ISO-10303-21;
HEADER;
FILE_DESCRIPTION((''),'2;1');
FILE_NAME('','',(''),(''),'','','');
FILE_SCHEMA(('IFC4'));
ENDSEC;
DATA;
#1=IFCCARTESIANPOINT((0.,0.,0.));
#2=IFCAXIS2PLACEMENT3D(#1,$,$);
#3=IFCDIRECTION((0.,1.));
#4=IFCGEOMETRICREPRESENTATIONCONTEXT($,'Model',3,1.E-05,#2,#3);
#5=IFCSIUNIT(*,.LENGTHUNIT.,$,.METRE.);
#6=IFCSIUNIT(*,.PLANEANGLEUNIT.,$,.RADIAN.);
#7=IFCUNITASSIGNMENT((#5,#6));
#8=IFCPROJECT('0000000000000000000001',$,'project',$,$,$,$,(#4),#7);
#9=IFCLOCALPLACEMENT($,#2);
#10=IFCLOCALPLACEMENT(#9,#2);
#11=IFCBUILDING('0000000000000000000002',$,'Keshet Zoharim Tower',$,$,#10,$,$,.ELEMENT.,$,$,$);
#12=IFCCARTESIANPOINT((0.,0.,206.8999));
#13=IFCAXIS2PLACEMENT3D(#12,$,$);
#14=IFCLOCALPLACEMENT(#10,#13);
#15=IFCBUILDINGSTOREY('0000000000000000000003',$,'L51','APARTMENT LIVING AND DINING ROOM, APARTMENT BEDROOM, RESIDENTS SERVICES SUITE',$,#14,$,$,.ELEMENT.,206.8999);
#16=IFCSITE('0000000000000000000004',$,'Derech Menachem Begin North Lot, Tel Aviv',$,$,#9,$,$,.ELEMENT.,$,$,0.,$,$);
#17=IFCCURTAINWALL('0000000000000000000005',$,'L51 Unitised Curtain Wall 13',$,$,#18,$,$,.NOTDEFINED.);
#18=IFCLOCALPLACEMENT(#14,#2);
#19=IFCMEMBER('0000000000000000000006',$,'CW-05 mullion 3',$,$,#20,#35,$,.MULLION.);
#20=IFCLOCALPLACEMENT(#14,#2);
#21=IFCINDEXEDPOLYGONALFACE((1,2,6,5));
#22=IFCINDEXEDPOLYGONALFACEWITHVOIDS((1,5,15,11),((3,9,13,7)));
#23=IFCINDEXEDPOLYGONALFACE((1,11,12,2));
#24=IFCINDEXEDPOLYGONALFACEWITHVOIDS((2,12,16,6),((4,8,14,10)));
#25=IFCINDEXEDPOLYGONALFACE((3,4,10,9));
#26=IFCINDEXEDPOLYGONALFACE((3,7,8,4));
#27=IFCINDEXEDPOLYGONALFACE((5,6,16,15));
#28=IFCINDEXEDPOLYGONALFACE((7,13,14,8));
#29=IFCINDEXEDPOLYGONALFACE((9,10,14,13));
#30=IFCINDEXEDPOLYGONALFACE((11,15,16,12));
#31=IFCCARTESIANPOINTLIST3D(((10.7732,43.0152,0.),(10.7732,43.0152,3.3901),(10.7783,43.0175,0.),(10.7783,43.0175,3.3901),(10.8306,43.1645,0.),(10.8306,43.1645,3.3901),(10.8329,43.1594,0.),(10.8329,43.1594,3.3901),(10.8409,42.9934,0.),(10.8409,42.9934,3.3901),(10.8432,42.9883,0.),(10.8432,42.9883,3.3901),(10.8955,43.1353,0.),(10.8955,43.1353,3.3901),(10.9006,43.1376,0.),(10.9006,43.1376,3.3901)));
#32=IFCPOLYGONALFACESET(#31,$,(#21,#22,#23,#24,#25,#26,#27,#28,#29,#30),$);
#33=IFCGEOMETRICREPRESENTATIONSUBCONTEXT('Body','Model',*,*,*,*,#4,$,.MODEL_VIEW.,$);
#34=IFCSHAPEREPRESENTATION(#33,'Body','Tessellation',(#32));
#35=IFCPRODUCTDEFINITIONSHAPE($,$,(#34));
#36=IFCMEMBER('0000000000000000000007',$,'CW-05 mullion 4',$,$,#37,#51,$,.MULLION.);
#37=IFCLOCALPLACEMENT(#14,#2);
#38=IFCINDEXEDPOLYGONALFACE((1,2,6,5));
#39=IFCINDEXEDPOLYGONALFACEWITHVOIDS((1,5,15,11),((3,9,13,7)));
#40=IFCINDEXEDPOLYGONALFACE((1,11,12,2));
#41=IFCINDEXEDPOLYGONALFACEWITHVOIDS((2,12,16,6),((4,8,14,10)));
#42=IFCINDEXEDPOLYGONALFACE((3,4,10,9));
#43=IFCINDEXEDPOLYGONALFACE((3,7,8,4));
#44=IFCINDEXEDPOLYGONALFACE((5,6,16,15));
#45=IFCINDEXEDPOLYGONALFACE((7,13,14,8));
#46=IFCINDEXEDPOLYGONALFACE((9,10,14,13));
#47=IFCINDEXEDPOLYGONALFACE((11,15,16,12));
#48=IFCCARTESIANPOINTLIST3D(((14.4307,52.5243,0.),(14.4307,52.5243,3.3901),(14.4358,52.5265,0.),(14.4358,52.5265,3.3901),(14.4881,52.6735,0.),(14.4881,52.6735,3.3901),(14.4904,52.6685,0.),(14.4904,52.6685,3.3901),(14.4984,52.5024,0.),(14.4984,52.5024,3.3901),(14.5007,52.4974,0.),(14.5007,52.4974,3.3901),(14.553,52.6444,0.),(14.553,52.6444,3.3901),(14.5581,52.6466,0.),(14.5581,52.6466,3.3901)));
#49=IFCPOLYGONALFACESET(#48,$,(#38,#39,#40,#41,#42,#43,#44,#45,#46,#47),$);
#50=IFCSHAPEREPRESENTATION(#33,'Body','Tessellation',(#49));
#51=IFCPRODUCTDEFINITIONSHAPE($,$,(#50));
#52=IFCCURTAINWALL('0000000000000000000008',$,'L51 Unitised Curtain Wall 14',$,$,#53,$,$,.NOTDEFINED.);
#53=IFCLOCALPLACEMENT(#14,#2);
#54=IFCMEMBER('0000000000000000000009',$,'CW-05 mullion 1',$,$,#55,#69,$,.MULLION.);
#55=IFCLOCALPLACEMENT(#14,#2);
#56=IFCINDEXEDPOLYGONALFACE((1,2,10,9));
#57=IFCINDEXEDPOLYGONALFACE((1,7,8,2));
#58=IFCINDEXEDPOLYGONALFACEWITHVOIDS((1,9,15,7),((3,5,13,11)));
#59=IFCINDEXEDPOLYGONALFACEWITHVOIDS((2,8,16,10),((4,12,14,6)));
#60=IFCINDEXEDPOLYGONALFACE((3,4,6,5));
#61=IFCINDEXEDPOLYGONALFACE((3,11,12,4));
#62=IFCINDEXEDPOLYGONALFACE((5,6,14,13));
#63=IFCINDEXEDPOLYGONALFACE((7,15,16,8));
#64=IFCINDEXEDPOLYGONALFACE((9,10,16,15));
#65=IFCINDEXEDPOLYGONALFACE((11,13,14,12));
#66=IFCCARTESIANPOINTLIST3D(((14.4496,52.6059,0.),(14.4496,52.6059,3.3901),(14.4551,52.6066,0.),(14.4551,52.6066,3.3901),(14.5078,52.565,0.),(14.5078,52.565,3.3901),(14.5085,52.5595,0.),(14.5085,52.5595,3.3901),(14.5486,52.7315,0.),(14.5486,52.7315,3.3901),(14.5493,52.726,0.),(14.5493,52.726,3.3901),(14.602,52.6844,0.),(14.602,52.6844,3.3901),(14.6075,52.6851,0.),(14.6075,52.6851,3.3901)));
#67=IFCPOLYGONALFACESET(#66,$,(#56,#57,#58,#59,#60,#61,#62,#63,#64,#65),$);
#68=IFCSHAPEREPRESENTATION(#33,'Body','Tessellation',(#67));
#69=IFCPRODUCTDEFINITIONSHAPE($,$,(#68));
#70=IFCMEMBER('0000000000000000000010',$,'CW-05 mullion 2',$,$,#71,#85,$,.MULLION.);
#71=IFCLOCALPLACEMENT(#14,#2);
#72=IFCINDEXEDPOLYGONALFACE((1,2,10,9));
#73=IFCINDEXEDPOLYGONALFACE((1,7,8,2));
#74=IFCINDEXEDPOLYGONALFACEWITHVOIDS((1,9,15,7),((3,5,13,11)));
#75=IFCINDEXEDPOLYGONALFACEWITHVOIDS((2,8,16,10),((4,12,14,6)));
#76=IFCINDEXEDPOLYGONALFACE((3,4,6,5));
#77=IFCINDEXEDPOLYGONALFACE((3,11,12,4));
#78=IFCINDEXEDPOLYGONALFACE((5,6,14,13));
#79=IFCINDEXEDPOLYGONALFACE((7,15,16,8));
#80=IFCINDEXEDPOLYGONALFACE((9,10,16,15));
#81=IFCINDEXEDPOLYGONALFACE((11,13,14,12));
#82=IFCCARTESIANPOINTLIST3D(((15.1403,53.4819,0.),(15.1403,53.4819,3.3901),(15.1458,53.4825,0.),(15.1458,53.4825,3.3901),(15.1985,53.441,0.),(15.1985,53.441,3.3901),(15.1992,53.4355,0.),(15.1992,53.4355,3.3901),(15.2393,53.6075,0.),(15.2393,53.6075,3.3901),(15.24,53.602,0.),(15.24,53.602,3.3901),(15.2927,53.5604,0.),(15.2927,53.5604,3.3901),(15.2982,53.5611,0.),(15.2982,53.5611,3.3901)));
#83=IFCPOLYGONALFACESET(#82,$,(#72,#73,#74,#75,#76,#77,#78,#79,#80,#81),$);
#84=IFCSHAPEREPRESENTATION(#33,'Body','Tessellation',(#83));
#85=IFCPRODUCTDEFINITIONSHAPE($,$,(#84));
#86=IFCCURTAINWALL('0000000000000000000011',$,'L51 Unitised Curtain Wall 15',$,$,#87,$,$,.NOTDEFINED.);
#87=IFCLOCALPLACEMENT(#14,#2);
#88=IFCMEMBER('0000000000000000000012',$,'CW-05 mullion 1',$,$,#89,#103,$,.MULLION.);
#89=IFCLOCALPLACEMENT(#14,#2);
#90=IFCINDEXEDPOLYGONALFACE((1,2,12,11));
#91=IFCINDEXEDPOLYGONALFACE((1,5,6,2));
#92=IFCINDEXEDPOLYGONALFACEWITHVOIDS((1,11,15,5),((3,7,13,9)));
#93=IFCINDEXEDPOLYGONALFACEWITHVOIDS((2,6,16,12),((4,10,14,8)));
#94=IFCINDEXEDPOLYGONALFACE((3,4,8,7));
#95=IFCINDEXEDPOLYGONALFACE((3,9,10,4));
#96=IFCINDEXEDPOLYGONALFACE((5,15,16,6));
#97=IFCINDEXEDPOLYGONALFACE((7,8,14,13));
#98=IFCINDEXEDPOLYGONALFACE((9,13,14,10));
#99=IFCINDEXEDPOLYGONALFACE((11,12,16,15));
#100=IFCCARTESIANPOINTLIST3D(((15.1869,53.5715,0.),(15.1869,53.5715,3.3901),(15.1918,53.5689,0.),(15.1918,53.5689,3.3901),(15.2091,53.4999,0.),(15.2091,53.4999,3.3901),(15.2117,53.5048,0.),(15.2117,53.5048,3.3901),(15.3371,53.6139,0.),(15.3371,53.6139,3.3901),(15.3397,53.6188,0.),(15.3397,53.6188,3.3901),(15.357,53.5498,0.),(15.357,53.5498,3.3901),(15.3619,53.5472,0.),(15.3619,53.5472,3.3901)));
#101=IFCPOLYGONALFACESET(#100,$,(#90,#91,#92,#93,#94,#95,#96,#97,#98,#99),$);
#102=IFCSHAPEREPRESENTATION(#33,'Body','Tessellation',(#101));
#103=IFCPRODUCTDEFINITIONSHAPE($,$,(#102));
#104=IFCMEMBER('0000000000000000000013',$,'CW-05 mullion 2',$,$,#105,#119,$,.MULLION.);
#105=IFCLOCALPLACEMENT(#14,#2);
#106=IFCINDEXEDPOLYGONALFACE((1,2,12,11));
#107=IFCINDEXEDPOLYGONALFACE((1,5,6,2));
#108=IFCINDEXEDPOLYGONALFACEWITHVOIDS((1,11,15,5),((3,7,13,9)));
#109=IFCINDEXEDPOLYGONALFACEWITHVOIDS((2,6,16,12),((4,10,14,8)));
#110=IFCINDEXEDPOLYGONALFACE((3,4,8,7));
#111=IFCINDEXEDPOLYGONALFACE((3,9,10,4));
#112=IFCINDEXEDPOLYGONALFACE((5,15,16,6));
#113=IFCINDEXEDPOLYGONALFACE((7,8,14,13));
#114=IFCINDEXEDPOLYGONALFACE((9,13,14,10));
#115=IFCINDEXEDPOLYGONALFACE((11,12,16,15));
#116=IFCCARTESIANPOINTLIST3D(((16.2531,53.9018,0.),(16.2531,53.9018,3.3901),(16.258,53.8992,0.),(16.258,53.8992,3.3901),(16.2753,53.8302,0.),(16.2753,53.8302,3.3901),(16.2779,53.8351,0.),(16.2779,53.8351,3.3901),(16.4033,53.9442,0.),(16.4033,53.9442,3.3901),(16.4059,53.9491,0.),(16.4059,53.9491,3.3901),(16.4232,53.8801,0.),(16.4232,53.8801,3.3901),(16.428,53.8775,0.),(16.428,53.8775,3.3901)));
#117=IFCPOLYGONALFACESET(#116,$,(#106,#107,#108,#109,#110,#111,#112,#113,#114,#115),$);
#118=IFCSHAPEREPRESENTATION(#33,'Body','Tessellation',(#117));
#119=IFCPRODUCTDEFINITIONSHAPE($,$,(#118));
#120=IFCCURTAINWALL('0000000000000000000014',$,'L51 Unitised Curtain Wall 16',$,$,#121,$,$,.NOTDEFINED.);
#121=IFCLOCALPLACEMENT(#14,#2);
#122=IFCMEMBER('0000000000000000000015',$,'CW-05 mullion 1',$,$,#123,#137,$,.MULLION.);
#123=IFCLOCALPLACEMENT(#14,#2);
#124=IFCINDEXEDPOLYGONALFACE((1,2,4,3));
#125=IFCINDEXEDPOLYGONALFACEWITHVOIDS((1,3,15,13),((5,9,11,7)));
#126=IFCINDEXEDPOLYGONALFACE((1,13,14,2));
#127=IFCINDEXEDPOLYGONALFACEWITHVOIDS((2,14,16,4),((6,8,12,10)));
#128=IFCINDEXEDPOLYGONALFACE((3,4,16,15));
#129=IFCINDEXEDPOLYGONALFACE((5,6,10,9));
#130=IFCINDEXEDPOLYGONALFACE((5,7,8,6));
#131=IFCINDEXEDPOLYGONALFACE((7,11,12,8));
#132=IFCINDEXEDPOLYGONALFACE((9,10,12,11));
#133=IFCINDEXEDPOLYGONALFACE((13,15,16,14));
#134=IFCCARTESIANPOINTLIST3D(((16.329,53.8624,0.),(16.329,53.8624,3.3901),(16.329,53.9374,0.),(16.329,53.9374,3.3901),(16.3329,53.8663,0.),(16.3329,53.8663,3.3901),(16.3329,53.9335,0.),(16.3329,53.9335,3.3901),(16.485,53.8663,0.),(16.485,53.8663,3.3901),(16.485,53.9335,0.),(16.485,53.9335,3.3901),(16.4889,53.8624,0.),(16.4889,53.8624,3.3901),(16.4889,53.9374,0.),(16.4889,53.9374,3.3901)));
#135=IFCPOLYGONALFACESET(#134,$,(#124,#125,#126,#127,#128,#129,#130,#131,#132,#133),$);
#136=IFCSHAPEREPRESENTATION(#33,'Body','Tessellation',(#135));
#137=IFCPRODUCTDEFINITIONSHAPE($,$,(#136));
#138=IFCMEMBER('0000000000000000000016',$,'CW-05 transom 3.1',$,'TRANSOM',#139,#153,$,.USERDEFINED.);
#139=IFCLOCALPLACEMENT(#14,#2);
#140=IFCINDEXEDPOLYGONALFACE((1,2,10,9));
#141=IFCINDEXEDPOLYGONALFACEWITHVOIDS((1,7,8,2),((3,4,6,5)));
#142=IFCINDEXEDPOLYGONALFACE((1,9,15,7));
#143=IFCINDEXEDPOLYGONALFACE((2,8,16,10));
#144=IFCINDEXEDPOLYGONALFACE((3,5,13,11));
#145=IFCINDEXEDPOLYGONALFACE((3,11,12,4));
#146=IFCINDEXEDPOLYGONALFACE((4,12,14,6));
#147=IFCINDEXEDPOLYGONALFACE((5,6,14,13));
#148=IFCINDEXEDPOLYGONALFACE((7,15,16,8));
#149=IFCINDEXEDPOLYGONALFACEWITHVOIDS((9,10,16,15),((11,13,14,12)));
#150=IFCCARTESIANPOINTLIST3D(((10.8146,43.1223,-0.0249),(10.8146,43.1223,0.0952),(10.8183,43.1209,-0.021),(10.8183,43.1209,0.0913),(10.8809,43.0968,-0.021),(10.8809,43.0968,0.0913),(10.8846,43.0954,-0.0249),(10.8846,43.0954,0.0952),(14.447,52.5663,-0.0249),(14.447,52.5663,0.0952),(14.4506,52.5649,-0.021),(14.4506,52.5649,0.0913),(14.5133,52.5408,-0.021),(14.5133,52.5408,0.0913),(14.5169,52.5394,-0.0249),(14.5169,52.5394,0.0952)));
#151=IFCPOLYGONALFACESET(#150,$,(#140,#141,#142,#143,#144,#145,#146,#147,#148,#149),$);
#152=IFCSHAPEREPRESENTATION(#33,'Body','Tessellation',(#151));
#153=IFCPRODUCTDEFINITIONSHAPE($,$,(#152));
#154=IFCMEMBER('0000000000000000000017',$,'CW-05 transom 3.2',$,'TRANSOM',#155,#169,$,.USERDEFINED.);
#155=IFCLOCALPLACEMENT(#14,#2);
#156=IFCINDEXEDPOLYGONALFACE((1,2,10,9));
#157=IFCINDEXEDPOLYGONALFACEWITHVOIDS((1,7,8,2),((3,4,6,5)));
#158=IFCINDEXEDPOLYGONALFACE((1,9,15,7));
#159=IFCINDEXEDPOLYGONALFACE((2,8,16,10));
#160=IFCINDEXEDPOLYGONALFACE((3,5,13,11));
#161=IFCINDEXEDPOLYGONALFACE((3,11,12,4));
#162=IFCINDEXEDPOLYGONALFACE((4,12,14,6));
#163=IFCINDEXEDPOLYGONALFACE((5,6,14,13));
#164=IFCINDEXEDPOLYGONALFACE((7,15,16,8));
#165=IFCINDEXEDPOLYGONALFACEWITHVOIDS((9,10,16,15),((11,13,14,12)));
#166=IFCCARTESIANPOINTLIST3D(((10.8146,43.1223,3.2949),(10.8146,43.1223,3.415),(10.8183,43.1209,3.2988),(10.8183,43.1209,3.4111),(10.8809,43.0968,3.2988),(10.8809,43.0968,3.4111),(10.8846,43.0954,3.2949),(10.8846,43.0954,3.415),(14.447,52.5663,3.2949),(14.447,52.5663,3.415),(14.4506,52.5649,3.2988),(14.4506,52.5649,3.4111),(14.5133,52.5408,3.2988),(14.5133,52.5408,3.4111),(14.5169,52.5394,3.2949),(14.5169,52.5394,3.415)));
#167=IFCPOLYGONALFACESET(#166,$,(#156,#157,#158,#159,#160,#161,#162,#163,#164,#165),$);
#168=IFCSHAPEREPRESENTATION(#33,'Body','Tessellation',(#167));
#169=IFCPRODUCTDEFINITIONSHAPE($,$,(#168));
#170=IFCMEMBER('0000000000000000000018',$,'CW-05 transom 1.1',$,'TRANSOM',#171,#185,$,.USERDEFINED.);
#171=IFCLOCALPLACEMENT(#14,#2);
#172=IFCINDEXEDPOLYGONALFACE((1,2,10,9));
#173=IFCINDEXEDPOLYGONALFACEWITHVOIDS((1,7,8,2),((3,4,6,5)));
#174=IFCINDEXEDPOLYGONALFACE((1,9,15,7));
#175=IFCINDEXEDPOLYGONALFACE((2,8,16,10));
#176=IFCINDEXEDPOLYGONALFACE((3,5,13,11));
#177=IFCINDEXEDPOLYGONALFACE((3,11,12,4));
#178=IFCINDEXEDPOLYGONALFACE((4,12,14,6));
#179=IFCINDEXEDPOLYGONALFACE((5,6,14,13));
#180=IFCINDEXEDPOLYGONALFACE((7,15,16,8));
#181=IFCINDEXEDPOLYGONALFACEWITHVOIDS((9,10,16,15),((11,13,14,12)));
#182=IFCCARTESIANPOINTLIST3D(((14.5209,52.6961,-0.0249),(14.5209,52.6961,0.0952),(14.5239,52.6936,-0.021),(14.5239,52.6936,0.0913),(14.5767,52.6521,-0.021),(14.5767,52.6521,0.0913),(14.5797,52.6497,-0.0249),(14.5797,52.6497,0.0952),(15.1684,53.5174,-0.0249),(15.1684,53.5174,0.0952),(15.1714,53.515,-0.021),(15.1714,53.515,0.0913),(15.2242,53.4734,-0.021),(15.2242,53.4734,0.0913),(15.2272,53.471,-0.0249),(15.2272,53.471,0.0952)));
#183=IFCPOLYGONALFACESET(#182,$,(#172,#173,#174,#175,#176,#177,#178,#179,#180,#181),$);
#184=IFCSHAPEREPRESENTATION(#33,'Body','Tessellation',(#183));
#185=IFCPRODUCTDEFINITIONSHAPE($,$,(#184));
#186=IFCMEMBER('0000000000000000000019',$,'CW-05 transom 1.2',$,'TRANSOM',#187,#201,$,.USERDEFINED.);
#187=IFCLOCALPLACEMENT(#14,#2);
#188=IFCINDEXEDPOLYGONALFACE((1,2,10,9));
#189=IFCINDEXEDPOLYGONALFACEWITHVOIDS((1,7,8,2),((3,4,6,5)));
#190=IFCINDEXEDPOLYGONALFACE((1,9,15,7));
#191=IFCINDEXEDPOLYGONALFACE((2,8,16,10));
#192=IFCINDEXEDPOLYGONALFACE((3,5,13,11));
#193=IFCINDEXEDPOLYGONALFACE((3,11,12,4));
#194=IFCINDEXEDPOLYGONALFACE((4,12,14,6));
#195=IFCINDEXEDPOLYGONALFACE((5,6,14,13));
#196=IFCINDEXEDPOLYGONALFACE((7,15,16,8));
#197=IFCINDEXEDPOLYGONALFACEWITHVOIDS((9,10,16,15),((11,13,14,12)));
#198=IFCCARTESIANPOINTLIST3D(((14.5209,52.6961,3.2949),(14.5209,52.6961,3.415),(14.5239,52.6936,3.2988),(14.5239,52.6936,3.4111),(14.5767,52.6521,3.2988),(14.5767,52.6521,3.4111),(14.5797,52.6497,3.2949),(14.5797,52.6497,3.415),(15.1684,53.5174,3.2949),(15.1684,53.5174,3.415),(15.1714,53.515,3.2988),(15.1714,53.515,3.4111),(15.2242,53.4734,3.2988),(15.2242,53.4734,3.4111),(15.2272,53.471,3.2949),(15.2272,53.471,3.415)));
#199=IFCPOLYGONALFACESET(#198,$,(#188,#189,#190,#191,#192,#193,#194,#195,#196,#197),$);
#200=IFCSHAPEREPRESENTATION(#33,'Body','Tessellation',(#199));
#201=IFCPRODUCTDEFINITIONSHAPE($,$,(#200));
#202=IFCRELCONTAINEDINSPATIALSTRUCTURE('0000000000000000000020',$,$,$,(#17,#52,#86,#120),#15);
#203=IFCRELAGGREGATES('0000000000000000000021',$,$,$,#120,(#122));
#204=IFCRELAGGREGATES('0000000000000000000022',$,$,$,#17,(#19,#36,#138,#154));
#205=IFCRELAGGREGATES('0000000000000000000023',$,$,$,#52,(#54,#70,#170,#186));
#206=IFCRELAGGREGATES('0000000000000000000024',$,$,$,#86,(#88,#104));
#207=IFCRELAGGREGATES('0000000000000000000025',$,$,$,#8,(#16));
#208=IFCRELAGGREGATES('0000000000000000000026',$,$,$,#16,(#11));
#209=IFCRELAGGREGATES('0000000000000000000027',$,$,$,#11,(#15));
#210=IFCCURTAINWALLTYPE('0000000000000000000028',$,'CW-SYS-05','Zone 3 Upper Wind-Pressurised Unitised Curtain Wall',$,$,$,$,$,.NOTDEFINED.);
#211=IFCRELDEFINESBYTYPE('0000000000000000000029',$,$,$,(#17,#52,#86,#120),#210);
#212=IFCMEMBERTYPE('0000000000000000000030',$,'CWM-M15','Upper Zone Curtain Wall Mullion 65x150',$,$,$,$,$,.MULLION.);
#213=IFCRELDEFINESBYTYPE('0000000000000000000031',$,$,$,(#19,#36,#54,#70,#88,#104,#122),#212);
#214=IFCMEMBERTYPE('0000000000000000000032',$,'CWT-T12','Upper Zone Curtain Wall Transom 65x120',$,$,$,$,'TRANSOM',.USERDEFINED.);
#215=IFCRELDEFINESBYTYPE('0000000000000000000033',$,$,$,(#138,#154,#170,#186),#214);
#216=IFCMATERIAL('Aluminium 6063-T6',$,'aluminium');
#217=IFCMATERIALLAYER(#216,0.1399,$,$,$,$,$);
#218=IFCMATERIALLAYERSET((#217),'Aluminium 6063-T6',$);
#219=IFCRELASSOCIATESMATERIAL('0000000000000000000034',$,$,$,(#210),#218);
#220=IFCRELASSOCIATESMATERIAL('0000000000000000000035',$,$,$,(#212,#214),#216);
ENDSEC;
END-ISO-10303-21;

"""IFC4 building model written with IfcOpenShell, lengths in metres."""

from ifc_helpers import new_model, si_unit, direction, frame, origin, origin_2d, place, context, subcontext, project, spatial, hollow_rectangle, extrude, material, layer, layer_set, material_profile, profile_set, type_object, element, aggregate, save


model = new_model("IFC4")

# Units and contexts
model_context = context("Model", 3, precision=1e-05, world=origin(), true_north=direction((0.0, 1.0)))
body_context = subcontext(model_context, "Body", "Model", "MODEL_VIEW")
ifc_project = project(units=[si_unit("LENGTHUNIT", "METRE"), si_unit("PLANEANGLEUNIT", "RADIAN")], contexts=[model_context])

# Site, building, storey
site_placement = place(None, origin())
site = spatial("IfcSite", under=ifc_project, at=site_placement, Name="Derech Menachem Begin North Lot, Tel Aviv", CompositionType="ELEMENT", RefElevation=0.0)
building_placement = place(site_placement, origin())
building = spatial("IfcBuilding", under=site, at=building_placement, Name="Keshet Zoharim Tower", CompositionType="ELEMENT")
storey_placement = place(building_placement, frame((0.0, 0.0, 206.8999)))
storey = spatial("IfcBuildingStorey", under=building, at=storey_placement, Name="L51", Description="APARTMENT LIVING AND DINING ROOM, APARTMENT BEDROOM, RESIDENTS SERVICES SUITE", CompositionType="ELEMENT", Elevation=206.8999)

# Curtain walls, members
ifc_material_1 = material(Name="Aluminium 6063-T6", Category="aluminium")
ifc_layer_1 = layer(ifc_material_1, 0.1399)
ifc_layer_set_1 = layer_set([ifc_layer_1], Name="Aluminium 6063-T6")
curtain_wall_type = type_object("IfcCurtainWallType", Name="CW-SYS-05", Description="Zone 3 Upper Wind-Pressurised Unitised Curtain Wall", PredefinedType="NOTDEFINED", material=ifc_layer_set_1)
curtain_wall_1_placement = place(storey_placement, origin())
curtain_wall_1 = element("IfcCurtainWall", 1, at=curtain_wall_1_placement, inside=storey, type_object=curtain_wall_type, Name="L51 Unitised Curtain Wall 13", PredefinedType="NOTDEFINED")
ifc_material_profile_1 = material_profile(ifc_material_1, hollow_rectangle(XDim=0.075, YDim=0.1599, WallThickness=0.0039, at=origin_2d()), Name="MUL-75x160")
ifc_profile_set_1 = profile_set([ifc_material_profile_1], Name="Aluminium 6063-T6")
member_type_1 = type_object("IfcMemberType", Name="CWM-M15", Description="Upper Zone Curtain Wall Mullion 65x150", PredefinedType="MULLION", material=ifc_profile_set_1)
member_1_placement = place(storey_placement, frame((10.8369, 43.0764, 0.0), z_axis=(0.0, 0.0, 1.0), x_axis=(-0.933341, 0.35899, 0.0)))
member_1 = element("IfcMember", 2, at=member_1_placement, type_object=member_type_1, Name="CW-05 mullion 3", PredefinedType="MULLION", context=body_context, shape_type="SweptSolid", body=[
    extrude(hollow_rectangle(XDim=0.075, YDim=0.1599, WallThickness=0.0039, at=origin_2d()), origin(), (0.0, 0.0, 1.0), 3.3901),
])
member_2_placement = place(storey_placement, frame((14.4944, 52.5854, 0.0), z_axis=(0.0, 0.0, 1.0), x_axis=(-0.933341, 0.35899, 0.0)))
member_2 = element("IfcMember", 3, at=member_2_placement, type_object=member_type_1, Name="CW-05 mullion 4", PredefinedType="MULLION", context=body_context, shape_type="SweptSolid", body=[
    extrude(hollow_rectangle(XDim=0.075, YDim=0.1599, WallThickness=0.0039, at=origin_2d()), origin(), (0.0, 0.0, 1.0), 3.3901),
])
curtain_wall_2_placement = place(storey_placement, origin())
curtain_wall_2 = element("IfcCurtainWall", 4, at=curtain_wall_2_placement, inside=storey, type_object=curtain_wall_type, Name="L51 Unitised Curtain Wall 14", PredefinedType="NOTDEFINED")
member_3_placement = place(storey_placement, frame((14.5286, 52.6455, 0.0), z_axis=(0.0, 0.0, 1.0), x_axis=(-0.785293, 0.619125, 0.0)))
member_3 = element("IfcMember", 5, at=member_3_placement, type_object=member_type_1, Name="CW-05 mullion 1", PredefinedType="MULLION", context=body_context, shape_type="SweptSolid", body=[
    extrude(hollow_rectangle(XDim=0.075, YDim=0.1599, WallThickness=0.0039, at=origin_2d()), origin(), (0.0, 0.0, 1.0), 3.3901),
])
member_4_placement = place(storey_placement, frame((15.2192, 53.5215, 0.0), z_axis=(0.0, 0.0, 1.0), x_axis=(-0.785293, 0.619125, 0.0)))
member_4 = element("IfcMember", 6, at=member_4_placement, type_object=member_type_1, Name="CW-05 mullion 2", PredefinedType="MULLION", context=body_context, shape_type="SweptSolid", body=[
    extrude(hollow_rectangle(XDim=0.075, YDim=0.1599, WallThickness=0.0039, at=origin_2d()), origin(), (0.0, 0.0, 1.0), 3.3901),
])
curtain_wall_3_placement = place(storey_placement, origin())
curtain_wall_3 = element("IfcCurtainWall", 7, at=curtain_wall_3_placement, inside=storey, type_object=curtain_wall_type, Name="L51 Unitised Curtain Wall 15", PredefinedType="NOTDEFINED")
member_5_placement = place(storey_placement, frame((15.2744, 53.5593, 0.0), z_axis=(0.0, 0.0, 1.0), x_axis=(-0.295922, 0.955212, 0.0)))
member_5 = element("IfcMember", 8, at=member_5_placement, type_object=member_type_1, Name="CW-05 mullion 1", PredefinedType="MULLION", context=body_context, shape_type="SweptSolid", body=[
    extrude(hollow_rectangle(XDim=0.075, YDim=0.1599, WallThickness=0.0039, at=origin_2d()), origin(), (0.0, 0.0, 1.0), 3.3901),
])
member_6_placement = place(storey_placement, frame((16.3406, 53.8896, 0.0), z_axis=(0.0, 0.0, 1.0), x_axis=(-0.295922, 0.955212, 0.0)))
member_6 = element("IfcMember", 9, at=member_6_placement, type_object=member_type_1, Name="CW-05 mullion 2", PredefinedType="MULLION", context=body_context, shape_type="SweptSolid", body=[
    extrude(hollow_rectangle(XDim=0.075, YDim=0.1599, WallThickness=0.0039, at=origin_2d()), origin(), (0.0, 0.0, 1.0), 3.3901),
])

# Curtain wall, member
curtain_wall_4_placement = place(storey_placement, origin())
curtain_wall_4 = element("IfcCurtainWall", 10, at=curtain_wall_4_placement, inside=storey, type_object=curtain_wall_type, Name="L51 Unitised Curtain Wall 16", PredefinedType="NOTDEFINED")
member_7_placement = place(storey_placement, frame((16.4089, 53.8999, 0.0), z_axis=(0.0, 0.0, 1.0), x_axis=(0.0, 1.0, 0.0)))
member_7 = element("IfcMember", 11, at=member_7_placement, type_object=member_type_1, Name="CW-05 mullion 1", PredefinedType="MULLION", context=body_context, shape_type="SweptSolid", body=[
    extrude(hollow_rectangle(XDim=0.075, YDim=0.1599, WallThickness=0.0039, at=origin_2d()), origin(), (0.0, 0.0, 1.0), 3.3901),
])
aggregate(curtain_wall_4, [member_7])

# Members
ifc_material_profile_2 = material_profile(ifc_material_1, hollow_rectangle(XDim=0.075, YDim=0.1201, WallThickness=0.0039, at=origin_2d()), Name="TRN-75x120")
ifc_profile_set_2 = profile_set([ifc_material_profile_2], Name="Aluminium 6063-T6")
member_type_2 = type_object("IfcMemberType", Name="CWT-T12", Description="Upper Zone Curtain Wall Transom 65x120", ElementType="TRANSOM", PredefinedType="USERDEFINED", material=ifc_profile_set_2)
member_8_placement = place(storey_placement, frame((10.8496, 43.1089, 0.0352), z_axis=(0.358986, 0.933343, 0.0), x_axis=(-0.933343, 0.358986, 0.0)))
member_8 = element("IfcMember", 12, at=member_8_placement, type_object=member_type_2, Name="CW-05 transom 3.1", ObjectType="TRANSOM", PredefinedType="USERDEFINED", context=body_context, shape_type="SweptSolid", body=[
    extrude(hollow_rectangle(XDim=0.075, YDim=0.1201, WallThickness=0.0039, at=origin_2d()), origin(), (0.0, 0.0, 1.0), 10.1184),
])
member_9_placement = place(storey_placement, frame((10.8496, 43.1089, 3.355), z_axis=(0.358986, 0.933343, 0.0), x_axis=(-0.933343, 0.358986, 0.0)))
member_9 = element("IfcMember", 13, at=member_9_placement, type_object=member_type_2, Name="CW-05 transom 3.2", ObjectType="TRANSOM", PredefinedType="USERDEFINED", context=body_context, shape_type="SweptSolid", body=[
    extrude(hollow_rectangle(XDim=0.075, YDim=0.1201, WallThickness=0.0039, at=origin_2d()), origin(), (0.0, 0.0, 1.0), 10.1184),
])
member_10_placement = place(storey_placement, frame((14.5503, 52.6729, 0.0352), z_axis=(0.619099, 0.785313, 0.0), x_axis=(-0.785313, 0.619099, 0.0)))
member_10 = element("IfcMember", 14, at=member_10_placement, type_object=member_type_2, Name="CW-05 transom 1.1", ObjectType="TRANSOM", PredefinedType="USERDEFINED", context=body_context, shape_type="SweptSolid", body=[
    extrude(hollow_rectangle(XDim=0.075, YDim=0.1201, WallThickness=0.0039, at=origin_2d()), origin(), (0.0, 0.0, 1.0), 1.0459),
])
member_11_placement = place(storey_placement, frame((14.5503, 52.6729, 3.355), z_axis=(0.619099, 0.785313, 0.0), x_axis=(-0.785313, 0.619099, 0.0)))
member_11 = element("IfcMember", 15, at=member_11_placement, type_object=member_type_2, Name="CW-05 transom 1.2", ObjectType="TRANSOM", PredefinedType="USERDEFINED", context=body_context, shape_type="SweptSolid", body=[
    extrude(hollow_rectangle(XDim=0.075, YDim=0.1201, WallThickness=0.0039, at=origin_2d()), origin(), (0.0, 0.0, 1.0), 1.0459),
])

aggregate(curtain_wall_1, [member_1, member_2, member_8, member_9])
aggregate(curtain_wall_2, [member_3, member_4, member_10, member_11])
aggregate(curtain_wall_3, [member_5, member_6])

save(model, "model.ifc")
